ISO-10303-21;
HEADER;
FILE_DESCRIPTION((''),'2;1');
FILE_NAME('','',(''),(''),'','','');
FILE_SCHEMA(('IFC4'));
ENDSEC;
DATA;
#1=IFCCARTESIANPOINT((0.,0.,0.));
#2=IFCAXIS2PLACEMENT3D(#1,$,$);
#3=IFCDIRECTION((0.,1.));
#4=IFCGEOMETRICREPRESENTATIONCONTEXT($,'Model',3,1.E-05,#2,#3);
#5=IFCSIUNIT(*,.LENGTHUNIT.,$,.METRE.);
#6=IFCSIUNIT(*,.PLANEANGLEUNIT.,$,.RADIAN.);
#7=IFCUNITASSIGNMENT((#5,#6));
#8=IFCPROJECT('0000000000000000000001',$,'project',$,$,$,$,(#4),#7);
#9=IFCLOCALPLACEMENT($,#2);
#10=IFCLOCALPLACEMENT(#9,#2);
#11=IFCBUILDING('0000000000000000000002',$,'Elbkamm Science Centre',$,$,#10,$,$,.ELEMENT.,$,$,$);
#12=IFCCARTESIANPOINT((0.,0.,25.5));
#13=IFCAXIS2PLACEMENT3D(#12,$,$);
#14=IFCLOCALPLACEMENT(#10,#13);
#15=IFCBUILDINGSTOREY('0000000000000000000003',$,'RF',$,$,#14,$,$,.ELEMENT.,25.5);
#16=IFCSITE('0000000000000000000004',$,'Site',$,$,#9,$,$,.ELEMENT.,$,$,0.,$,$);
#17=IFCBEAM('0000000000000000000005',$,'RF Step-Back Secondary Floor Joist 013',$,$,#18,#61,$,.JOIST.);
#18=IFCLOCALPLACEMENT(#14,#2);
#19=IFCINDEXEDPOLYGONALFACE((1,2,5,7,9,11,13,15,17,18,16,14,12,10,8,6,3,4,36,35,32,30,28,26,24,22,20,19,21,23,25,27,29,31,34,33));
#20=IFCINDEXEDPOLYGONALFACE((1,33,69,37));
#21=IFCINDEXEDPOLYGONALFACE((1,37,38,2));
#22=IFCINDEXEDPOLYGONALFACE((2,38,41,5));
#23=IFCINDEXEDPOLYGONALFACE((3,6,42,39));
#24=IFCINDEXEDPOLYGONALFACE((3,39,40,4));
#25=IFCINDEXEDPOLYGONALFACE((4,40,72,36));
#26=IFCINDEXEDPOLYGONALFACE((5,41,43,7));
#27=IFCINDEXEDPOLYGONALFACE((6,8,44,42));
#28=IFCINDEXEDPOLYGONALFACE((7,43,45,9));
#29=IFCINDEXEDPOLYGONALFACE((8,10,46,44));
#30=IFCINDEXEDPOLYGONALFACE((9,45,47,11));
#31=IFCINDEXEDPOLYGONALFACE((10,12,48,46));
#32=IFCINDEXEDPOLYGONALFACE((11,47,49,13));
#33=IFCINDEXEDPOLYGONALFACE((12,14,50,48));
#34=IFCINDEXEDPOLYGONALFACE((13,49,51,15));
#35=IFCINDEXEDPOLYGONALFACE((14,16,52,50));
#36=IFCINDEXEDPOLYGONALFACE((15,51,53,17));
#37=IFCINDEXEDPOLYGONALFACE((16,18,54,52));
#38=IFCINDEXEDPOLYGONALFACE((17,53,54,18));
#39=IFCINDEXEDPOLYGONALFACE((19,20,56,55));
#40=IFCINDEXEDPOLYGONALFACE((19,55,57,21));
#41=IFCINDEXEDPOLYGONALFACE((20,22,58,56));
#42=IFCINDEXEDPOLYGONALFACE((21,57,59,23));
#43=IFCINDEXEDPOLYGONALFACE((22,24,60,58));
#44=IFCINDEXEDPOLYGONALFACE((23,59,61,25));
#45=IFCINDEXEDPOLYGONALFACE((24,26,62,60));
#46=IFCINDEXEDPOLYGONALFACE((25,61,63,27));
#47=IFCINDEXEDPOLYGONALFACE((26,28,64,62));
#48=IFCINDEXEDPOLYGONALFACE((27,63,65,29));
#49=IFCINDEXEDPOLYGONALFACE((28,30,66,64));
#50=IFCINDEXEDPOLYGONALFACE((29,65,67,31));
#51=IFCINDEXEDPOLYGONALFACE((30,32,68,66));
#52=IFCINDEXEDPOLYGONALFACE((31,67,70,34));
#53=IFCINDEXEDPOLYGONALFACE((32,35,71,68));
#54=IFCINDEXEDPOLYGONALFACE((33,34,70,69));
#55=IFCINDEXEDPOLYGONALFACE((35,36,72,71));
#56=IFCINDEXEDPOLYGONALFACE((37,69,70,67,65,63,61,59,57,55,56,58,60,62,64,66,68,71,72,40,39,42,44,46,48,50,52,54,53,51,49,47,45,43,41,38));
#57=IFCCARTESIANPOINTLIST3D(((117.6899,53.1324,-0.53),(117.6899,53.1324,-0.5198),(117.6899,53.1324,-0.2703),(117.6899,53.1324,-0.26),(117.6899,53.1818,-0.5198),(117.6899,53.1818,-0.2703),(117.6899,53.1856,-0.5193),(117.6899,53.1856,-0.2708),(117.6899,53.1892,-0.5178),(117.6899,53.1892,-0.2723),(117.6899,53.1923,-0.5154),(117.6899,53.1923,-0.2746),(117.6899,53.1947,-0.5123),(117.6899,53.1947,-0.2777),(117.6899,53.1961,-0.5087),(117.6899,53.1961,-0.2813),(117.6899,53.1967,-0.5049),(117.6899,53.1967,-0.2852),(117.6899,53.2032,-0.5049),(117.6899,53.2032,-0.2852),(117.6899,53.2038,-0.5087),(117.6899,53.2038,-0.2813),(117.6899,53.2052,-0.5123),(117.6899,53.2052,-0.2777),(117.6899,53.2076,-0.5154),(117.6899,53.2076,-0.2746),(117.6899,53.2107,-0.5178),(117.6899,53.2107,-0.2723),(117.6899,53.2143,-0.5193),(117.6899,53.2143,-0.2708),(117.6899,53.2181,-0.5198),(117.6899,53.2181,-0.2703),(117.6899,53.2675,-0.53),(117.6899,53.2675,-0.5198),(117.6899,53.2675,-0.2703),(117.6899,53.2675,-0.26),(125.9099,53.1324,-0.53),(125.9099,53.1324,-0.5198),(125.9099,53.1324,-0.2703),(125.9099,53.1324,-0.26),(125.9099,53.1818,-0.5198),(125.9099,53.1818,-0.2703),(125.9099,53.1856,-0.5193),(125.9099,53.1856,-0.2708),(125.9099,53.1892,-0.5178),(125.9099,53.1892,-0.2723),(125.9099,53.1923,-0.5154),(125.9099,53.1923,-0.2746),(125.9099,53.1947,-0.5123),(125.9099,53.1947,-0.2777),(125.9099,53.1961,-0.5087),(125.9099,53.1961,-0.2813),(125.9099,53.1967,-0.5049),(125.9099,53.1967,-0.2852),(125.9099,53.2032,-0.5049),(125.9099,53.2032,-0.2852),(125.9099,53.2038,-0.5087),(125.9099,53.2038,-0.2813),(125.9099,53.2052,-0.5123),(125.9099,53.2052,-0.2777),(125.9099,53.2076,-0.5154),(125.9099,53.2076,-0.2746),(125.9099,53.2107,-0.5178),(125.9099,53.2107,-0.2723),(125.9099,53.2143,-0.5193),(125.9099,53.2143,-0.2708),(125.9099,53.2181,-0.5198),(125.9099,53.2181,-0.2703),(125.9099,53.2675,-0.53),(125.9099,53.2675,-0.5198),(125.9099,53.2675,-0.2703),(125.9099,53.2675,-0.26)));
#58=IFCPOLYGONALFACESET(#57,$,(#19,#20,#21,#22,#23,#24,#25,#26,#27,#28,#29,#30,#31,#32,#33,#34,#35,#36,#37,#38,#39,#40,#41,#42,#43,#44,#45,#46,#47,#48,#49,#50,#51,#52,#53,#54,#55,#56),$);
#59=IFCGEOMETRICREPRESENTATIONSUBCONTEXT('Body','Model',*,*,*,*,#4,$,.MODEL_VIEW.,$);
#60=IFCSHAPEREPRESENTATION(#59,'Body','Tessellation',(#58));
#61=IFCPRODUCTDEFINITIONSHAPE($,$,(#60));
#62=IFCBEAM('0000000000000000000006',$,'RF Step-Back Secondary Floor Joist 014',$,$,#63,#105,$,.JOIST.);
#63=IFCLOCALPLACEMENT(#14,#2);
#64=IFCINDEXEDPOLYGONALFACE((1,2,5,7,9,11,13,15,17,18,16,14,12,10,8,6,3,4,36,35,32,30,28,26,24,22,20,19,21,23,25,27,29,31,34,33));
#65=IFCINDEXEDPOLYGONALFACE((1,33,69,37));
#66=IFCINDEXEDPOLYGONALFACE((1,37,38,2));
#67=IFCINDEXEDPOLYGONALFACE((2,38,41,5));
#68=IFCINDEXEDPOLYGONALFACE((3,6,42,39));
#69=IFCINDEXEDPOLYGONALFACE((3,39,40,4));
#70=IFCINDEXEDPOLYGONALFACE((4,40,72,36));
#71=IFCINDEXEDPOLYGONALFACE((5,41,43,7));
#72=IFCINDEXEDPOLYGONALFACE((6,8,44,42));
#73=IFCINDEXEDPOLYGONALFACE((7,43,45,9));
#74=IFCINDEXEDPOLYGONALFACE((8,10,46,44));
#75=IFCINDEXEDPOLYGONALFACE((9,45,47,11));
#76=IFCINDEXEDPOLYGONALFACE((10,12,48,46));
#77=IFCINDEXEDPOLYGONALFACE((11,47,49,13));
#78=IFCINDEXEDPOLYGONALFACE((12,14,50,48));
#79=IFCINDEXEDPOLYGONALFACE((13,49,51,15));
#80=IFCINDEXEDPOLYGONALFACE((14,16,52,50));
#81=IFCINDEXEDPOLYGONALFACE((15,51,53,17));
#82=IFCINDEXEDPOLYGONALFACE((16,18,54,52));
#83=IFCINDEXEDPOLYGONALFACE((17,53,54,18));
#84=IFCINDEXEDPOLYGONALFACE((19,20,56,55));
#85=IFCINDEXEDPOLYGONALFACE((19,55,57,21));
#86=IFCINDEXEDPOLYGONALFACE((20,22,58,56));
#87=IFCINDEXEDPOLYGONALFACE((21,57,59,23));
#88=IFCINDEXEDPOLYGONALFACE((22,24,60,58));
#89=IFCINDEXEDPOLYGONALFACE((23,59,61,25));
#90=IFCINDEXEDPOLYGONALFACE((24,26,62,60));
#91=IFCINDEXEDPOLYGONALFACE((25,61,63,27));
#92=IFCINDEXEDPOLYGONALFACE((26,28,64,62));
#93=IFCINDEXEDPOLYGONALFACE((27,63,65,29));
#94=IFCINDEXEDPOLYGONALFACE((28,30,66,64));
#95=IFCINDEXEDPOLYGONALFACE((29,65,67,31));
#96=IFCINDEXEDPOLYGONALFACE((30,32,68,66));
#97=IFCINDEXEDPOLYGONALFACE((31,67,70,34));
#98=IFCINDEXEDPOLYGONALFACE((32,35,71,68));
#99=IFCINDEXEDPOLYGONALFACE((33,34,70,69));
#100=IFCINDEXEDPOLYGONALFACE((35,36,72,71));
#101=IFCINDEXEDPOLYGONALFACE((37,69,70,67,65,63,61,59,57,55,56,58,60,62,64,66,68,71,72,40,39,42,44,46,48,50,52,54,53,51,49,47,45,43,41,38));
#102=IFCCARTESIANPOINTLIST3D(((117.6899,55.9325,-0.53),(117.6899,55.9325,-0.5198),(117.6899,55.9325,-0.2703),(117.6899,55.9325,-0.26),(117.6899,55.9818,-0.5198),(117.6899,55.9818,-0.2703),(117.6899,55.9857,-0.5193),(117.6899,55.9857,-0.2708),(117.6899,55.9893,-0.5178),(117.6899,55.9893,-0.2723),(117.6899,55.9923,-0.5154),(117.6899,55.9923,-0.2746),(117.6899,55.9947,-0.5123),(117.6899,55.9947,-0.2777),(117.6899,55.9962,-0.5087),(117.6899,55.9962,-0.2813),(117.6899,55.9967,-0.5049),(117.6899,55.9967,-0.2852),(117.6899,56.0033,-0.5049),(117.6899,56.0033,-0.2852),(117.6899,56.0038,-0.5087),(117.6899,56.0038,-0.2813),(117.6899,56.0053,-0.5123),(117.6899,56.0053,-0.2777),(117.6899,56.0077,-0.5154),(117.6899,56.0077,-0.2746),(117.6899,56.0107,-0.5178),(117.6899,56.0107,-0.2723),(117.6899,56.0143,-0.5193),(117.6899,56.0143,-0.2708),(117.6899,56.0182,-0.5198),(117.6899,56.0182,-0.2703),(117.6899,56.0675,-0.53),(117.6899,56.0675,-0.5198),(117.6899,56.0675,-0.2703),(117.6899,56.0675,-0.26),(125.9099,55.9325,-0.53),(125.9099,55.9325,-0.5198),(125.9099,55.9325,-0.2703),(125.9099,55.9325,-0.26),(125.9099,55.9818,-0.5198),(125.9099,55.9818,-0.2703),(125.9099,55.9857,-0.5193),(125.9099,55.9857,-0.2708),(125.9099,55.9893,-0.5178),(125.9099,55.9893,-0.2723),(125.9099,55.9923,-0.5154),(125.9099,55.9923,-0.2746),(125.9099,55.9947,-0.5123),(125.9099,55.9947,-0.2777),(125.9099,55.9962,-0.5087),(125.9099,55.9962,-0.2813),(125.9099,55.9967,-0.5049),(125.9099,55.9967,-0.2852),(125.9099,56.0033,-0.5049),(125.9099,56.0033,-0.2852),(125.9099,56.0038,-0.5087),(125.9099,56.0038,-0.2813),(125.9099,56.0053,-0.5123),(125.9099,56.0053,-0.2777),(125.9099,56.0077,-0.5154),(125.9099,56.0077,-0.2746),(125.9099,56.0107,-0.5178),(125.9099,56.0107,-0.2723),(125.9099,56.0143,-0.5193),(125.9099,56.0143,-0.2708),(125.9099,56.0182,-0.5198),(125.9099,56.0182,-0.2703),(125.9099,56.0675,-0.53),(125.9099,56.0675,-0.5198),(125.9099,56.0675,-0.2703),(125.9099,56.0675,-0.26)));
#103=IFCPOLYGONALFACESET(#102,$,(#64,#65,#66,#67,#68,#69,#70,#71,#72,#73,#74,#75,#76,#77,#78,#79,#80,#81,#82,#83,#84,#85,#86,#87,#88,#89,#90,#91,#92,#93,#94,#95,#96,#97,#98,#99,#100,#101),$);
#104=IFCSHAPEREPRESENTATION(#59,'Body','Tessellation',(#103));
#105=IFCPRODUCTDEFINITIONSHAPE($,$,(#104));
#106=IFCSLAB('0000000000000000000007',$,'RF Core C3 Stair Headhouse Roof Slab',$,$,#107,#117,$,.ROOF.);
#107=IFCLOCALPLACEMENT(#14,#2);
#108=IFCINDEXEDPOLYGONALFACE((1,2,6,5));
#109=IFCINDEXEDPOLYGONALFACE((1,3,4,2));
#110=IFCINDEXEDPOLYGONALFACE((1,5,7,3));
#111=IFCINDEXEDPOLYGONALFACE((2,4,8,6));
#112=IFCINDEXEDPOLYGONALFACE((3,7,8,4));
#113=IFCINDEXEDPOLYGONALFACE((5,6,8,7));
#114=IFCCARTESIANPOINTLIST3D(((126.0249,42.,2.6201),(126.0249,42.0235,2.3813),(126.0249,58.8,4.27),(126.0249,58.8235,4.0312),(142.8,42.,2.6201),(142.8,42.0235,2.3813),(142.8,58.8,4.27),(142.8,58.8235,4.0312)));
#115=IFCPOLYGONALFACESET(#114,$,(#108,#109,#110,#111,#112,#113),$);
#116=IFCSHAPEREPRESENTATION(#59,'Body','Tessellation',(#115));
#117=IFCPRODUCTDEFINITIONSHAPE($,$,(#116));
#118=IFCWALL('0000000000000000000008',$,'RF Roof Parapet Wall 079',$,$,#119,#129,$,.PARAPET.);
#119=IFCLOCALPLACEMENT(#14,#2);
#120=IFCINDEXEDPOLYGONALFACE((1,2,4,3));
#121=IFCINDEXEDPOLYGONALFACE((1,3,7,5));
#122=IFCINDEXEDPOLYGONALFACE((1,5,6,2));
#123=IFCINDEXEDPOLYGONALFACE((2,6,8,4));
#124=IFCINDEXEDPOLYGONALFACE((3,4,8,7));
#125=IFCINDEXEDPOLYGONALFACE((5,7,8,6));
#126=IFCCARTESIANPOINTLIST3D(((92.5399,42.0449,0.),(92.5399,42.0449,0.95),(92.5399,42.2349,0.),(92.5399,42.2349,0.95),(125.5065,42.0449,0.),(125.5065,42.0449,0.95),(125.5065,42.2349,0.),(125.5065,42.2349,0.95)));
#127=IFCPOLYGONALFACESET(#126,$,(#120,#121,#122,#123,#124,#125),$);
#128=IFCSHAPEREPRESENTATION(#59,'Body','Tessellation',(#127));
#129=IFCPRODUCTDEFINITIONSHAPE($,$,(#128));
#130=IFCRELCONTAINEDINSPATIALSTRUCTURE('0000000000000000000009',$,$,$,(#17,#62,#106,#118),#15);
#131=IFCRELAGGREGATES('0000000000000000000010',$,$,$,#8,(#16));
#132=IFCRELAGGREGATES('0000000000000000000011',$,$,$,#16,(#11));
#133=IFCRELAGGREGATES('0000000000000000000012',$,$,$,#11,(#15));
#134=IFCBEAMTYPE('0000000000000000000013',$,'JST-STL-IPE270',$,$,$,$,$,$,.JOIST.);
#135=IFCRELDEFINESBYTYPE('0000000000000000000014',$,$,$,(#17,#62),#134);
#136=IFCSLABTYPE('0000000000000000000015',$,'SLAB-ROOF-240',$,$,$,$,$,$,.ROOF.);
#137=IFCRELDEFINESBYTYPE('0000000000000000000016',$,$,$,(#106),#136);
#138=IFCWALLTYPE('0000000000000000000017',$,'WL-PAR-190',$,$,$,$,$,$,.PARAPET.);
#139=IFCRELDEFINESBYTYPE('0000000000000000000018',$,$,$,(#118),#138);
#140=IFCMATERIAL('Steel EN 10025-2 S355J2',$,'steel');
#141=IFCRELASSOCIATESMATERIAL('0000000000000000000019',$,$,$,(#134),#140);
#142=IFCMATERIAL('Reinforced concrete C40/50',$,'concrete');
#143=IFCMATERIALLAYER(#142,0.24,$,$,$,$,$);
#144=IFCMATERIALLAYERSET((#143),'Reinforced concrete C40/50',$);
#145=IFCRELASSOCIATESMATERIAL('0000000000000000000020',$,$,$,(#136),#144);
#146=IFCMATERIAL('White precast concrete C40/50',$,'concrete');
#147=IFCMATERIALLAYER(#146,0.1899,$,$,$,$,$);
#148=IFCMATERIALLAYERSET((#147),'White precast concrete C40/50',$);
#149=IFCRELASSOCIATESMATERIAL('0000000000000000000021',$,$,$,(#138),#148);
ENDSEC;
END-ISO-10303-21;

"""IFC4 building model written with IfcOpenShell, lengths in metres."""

from ifc_helpers import new_model, si_unit, direction, frame, frame_2d, origin, origin_2d, place, context, subcontext, project, spatial, polyline, rectangle, i_section, outline, extrude, material, layer, layer_set, material_profile, profile_set, type_object, element, save


model = new_model("IFC4")

# Units and contexts
model_context = context("Model", 3, precision=1e-05, world=origin(), true_north=direction((0.0, 1.0)))
body_context = subcontext(model_context, "Body", "Model", "MODEL_VIEW")
ifc_project = project(units=[si_unit("LENGTHUNIT", "METRE"), si_unit("PLANEANGLEUNIT", "RADIAN")], contexts=[model_context])

# Site, building, storey
site_placement = place(None, origin())
site = spatial("IfcSite", under=ifc_project, at=site_placement, Name="Site", CompositionType="ELEMENT", RefElevation=0.0)
building_placement = place(site_placement, origin())
building = spatial("IfcBuilding", under=site, at=building_placement, Name="Elbkamm Science Centre", CompositionType="ELEMENT")
storey_placement = place(building_placement, frame((0.0, 0.0, 25.5)))
storey = spatial("IfcBuildingStorey", under=building, at=storey_placement, Name="RF", CompositionType="ELEMENT", Elevation=25.5)

# Beams
ifc_material_1 = material(Name="Steel EN 10025-2 S355J2", Category="steel")
ifc_material_profile_1 = material_profile(ifc_material_1, i_section(OverallWidth=0.135, OverallDepth=0.27, WebThickness=0.0066, FlangeThickness=0.0103, FilletRadius=0.0149, at=origin_2d()), Name="IPE 270")
ifc_profile_set_1 = profile_set([ifc_material_profile_1], Name="Steel EN 10025-2 S355J2")
beam_type_1 = type_object("IfcBeamType", Name="JST-STL-IPE270", PredefinedType="JOIST", material=ifc_profile_set_1)
for number, where, z_axis, x_axis, name in (
    (1, (117.6899, 53.2, -0.395), (1.0, 0.0, 0.0), (0.0, 1.0, 0.0), "RF Step-Back Secondary Floor Joist 013"),
    (2, (117.6899, 56.0, -0.395), (1.0, 0.0, 0.0), (0.0, 1.0, 0.0), "RF Step-Back Secondary Floor Joist 014"),
):
    element("IfcBeam", number, at=place(storey_placement, frame(where, z_axis=z_axis, x_axis=x_axis)), inside=storey, type_object=beam_type_1, Name=name, PredefinedType="JOIST", context=body_context, shape_type="SweptSolid", body=[
        extrude(i_section(OverallWidth=0.135, OverallDepth=0.27, WebThickness=0.0066, FlangeThickness=0.0103, FilletRadius=0.0149, at=origin_2d()), origin(), (0.0, 0.0, 1.0), 8.22),
    ])

# Slab
ifc_material_2 = material(Name="Reinforced concrete C40/50", Category="concrete")
ifc_layer_1 = layer(ifc_material_2, 0.24)
ifc_layer_set_1 = layer_set([ifc_layer_1], Name="Reinforced concrete C40/50")
slab_type = type_object("IfcSlabType", Name="SLAB-ROOF-240", PredefinedType="ROOF", material=ifc_layer_set_1)
slab_placement = place(storey_placement, frame((126.0249, 42.0, 2.6201), z_axis=(0.0, -0.097738, 0.995212), x_axis=(1.0, 0.0, 0.0)))
element("IfcSlab", 3, at=slab_placement, inside=storey, type_object=slab_type, Name="RF Core C3 Stair Headhouse Roof Slab", PredefinedType="ROOF", context=body_context, shape_type="SweptSolid", body=[
    extrude(outline(polyline([(0.0, 0.0), (16.7751, 0.0), (16.7751, 16.8809), (0.0, 16.8809), (0.0, 0.0)])), origin(), (0.0, 0.0, -1.0), 0.24),
])

# Wall
ifc_material_3 = material(Name="White precast concrete C40/50", Category="concrete")
ifc_layer_2 = layer(ifc_material_3, 0.1899)
ifc_layer_set_2 = layer_set([ifc_layer_2], Name="White precast concrete C40/50")
wall_type = type_object("IfcWallType", Name="WL-PAR-190", PredefinedType="PARAPET", material=ifc_layer_set_2)
wall_placement = place(storey_placement, frame((125.5066, 42.1399, 0.0), z_axis=(0.0, 0.0, 1.0), x_axis=(-1.0, 0.0, 0.0)))
element("IfcWall", 4, at=wall_placement, inside=storey, type_object=wall_type, Name="RF Roof Parapet Wall 079", PredefinedType="PARAPET", context=body_context, shape_type="SweptSolid", body=[
    extrude(rectangle(XDim=32.9666, YDim=0.1899, at=frame_2d((16.4834, 0.0))), origin(), (0.0, 0.0, 1.0), 0.95),
])

save(model, "model.ifc")
